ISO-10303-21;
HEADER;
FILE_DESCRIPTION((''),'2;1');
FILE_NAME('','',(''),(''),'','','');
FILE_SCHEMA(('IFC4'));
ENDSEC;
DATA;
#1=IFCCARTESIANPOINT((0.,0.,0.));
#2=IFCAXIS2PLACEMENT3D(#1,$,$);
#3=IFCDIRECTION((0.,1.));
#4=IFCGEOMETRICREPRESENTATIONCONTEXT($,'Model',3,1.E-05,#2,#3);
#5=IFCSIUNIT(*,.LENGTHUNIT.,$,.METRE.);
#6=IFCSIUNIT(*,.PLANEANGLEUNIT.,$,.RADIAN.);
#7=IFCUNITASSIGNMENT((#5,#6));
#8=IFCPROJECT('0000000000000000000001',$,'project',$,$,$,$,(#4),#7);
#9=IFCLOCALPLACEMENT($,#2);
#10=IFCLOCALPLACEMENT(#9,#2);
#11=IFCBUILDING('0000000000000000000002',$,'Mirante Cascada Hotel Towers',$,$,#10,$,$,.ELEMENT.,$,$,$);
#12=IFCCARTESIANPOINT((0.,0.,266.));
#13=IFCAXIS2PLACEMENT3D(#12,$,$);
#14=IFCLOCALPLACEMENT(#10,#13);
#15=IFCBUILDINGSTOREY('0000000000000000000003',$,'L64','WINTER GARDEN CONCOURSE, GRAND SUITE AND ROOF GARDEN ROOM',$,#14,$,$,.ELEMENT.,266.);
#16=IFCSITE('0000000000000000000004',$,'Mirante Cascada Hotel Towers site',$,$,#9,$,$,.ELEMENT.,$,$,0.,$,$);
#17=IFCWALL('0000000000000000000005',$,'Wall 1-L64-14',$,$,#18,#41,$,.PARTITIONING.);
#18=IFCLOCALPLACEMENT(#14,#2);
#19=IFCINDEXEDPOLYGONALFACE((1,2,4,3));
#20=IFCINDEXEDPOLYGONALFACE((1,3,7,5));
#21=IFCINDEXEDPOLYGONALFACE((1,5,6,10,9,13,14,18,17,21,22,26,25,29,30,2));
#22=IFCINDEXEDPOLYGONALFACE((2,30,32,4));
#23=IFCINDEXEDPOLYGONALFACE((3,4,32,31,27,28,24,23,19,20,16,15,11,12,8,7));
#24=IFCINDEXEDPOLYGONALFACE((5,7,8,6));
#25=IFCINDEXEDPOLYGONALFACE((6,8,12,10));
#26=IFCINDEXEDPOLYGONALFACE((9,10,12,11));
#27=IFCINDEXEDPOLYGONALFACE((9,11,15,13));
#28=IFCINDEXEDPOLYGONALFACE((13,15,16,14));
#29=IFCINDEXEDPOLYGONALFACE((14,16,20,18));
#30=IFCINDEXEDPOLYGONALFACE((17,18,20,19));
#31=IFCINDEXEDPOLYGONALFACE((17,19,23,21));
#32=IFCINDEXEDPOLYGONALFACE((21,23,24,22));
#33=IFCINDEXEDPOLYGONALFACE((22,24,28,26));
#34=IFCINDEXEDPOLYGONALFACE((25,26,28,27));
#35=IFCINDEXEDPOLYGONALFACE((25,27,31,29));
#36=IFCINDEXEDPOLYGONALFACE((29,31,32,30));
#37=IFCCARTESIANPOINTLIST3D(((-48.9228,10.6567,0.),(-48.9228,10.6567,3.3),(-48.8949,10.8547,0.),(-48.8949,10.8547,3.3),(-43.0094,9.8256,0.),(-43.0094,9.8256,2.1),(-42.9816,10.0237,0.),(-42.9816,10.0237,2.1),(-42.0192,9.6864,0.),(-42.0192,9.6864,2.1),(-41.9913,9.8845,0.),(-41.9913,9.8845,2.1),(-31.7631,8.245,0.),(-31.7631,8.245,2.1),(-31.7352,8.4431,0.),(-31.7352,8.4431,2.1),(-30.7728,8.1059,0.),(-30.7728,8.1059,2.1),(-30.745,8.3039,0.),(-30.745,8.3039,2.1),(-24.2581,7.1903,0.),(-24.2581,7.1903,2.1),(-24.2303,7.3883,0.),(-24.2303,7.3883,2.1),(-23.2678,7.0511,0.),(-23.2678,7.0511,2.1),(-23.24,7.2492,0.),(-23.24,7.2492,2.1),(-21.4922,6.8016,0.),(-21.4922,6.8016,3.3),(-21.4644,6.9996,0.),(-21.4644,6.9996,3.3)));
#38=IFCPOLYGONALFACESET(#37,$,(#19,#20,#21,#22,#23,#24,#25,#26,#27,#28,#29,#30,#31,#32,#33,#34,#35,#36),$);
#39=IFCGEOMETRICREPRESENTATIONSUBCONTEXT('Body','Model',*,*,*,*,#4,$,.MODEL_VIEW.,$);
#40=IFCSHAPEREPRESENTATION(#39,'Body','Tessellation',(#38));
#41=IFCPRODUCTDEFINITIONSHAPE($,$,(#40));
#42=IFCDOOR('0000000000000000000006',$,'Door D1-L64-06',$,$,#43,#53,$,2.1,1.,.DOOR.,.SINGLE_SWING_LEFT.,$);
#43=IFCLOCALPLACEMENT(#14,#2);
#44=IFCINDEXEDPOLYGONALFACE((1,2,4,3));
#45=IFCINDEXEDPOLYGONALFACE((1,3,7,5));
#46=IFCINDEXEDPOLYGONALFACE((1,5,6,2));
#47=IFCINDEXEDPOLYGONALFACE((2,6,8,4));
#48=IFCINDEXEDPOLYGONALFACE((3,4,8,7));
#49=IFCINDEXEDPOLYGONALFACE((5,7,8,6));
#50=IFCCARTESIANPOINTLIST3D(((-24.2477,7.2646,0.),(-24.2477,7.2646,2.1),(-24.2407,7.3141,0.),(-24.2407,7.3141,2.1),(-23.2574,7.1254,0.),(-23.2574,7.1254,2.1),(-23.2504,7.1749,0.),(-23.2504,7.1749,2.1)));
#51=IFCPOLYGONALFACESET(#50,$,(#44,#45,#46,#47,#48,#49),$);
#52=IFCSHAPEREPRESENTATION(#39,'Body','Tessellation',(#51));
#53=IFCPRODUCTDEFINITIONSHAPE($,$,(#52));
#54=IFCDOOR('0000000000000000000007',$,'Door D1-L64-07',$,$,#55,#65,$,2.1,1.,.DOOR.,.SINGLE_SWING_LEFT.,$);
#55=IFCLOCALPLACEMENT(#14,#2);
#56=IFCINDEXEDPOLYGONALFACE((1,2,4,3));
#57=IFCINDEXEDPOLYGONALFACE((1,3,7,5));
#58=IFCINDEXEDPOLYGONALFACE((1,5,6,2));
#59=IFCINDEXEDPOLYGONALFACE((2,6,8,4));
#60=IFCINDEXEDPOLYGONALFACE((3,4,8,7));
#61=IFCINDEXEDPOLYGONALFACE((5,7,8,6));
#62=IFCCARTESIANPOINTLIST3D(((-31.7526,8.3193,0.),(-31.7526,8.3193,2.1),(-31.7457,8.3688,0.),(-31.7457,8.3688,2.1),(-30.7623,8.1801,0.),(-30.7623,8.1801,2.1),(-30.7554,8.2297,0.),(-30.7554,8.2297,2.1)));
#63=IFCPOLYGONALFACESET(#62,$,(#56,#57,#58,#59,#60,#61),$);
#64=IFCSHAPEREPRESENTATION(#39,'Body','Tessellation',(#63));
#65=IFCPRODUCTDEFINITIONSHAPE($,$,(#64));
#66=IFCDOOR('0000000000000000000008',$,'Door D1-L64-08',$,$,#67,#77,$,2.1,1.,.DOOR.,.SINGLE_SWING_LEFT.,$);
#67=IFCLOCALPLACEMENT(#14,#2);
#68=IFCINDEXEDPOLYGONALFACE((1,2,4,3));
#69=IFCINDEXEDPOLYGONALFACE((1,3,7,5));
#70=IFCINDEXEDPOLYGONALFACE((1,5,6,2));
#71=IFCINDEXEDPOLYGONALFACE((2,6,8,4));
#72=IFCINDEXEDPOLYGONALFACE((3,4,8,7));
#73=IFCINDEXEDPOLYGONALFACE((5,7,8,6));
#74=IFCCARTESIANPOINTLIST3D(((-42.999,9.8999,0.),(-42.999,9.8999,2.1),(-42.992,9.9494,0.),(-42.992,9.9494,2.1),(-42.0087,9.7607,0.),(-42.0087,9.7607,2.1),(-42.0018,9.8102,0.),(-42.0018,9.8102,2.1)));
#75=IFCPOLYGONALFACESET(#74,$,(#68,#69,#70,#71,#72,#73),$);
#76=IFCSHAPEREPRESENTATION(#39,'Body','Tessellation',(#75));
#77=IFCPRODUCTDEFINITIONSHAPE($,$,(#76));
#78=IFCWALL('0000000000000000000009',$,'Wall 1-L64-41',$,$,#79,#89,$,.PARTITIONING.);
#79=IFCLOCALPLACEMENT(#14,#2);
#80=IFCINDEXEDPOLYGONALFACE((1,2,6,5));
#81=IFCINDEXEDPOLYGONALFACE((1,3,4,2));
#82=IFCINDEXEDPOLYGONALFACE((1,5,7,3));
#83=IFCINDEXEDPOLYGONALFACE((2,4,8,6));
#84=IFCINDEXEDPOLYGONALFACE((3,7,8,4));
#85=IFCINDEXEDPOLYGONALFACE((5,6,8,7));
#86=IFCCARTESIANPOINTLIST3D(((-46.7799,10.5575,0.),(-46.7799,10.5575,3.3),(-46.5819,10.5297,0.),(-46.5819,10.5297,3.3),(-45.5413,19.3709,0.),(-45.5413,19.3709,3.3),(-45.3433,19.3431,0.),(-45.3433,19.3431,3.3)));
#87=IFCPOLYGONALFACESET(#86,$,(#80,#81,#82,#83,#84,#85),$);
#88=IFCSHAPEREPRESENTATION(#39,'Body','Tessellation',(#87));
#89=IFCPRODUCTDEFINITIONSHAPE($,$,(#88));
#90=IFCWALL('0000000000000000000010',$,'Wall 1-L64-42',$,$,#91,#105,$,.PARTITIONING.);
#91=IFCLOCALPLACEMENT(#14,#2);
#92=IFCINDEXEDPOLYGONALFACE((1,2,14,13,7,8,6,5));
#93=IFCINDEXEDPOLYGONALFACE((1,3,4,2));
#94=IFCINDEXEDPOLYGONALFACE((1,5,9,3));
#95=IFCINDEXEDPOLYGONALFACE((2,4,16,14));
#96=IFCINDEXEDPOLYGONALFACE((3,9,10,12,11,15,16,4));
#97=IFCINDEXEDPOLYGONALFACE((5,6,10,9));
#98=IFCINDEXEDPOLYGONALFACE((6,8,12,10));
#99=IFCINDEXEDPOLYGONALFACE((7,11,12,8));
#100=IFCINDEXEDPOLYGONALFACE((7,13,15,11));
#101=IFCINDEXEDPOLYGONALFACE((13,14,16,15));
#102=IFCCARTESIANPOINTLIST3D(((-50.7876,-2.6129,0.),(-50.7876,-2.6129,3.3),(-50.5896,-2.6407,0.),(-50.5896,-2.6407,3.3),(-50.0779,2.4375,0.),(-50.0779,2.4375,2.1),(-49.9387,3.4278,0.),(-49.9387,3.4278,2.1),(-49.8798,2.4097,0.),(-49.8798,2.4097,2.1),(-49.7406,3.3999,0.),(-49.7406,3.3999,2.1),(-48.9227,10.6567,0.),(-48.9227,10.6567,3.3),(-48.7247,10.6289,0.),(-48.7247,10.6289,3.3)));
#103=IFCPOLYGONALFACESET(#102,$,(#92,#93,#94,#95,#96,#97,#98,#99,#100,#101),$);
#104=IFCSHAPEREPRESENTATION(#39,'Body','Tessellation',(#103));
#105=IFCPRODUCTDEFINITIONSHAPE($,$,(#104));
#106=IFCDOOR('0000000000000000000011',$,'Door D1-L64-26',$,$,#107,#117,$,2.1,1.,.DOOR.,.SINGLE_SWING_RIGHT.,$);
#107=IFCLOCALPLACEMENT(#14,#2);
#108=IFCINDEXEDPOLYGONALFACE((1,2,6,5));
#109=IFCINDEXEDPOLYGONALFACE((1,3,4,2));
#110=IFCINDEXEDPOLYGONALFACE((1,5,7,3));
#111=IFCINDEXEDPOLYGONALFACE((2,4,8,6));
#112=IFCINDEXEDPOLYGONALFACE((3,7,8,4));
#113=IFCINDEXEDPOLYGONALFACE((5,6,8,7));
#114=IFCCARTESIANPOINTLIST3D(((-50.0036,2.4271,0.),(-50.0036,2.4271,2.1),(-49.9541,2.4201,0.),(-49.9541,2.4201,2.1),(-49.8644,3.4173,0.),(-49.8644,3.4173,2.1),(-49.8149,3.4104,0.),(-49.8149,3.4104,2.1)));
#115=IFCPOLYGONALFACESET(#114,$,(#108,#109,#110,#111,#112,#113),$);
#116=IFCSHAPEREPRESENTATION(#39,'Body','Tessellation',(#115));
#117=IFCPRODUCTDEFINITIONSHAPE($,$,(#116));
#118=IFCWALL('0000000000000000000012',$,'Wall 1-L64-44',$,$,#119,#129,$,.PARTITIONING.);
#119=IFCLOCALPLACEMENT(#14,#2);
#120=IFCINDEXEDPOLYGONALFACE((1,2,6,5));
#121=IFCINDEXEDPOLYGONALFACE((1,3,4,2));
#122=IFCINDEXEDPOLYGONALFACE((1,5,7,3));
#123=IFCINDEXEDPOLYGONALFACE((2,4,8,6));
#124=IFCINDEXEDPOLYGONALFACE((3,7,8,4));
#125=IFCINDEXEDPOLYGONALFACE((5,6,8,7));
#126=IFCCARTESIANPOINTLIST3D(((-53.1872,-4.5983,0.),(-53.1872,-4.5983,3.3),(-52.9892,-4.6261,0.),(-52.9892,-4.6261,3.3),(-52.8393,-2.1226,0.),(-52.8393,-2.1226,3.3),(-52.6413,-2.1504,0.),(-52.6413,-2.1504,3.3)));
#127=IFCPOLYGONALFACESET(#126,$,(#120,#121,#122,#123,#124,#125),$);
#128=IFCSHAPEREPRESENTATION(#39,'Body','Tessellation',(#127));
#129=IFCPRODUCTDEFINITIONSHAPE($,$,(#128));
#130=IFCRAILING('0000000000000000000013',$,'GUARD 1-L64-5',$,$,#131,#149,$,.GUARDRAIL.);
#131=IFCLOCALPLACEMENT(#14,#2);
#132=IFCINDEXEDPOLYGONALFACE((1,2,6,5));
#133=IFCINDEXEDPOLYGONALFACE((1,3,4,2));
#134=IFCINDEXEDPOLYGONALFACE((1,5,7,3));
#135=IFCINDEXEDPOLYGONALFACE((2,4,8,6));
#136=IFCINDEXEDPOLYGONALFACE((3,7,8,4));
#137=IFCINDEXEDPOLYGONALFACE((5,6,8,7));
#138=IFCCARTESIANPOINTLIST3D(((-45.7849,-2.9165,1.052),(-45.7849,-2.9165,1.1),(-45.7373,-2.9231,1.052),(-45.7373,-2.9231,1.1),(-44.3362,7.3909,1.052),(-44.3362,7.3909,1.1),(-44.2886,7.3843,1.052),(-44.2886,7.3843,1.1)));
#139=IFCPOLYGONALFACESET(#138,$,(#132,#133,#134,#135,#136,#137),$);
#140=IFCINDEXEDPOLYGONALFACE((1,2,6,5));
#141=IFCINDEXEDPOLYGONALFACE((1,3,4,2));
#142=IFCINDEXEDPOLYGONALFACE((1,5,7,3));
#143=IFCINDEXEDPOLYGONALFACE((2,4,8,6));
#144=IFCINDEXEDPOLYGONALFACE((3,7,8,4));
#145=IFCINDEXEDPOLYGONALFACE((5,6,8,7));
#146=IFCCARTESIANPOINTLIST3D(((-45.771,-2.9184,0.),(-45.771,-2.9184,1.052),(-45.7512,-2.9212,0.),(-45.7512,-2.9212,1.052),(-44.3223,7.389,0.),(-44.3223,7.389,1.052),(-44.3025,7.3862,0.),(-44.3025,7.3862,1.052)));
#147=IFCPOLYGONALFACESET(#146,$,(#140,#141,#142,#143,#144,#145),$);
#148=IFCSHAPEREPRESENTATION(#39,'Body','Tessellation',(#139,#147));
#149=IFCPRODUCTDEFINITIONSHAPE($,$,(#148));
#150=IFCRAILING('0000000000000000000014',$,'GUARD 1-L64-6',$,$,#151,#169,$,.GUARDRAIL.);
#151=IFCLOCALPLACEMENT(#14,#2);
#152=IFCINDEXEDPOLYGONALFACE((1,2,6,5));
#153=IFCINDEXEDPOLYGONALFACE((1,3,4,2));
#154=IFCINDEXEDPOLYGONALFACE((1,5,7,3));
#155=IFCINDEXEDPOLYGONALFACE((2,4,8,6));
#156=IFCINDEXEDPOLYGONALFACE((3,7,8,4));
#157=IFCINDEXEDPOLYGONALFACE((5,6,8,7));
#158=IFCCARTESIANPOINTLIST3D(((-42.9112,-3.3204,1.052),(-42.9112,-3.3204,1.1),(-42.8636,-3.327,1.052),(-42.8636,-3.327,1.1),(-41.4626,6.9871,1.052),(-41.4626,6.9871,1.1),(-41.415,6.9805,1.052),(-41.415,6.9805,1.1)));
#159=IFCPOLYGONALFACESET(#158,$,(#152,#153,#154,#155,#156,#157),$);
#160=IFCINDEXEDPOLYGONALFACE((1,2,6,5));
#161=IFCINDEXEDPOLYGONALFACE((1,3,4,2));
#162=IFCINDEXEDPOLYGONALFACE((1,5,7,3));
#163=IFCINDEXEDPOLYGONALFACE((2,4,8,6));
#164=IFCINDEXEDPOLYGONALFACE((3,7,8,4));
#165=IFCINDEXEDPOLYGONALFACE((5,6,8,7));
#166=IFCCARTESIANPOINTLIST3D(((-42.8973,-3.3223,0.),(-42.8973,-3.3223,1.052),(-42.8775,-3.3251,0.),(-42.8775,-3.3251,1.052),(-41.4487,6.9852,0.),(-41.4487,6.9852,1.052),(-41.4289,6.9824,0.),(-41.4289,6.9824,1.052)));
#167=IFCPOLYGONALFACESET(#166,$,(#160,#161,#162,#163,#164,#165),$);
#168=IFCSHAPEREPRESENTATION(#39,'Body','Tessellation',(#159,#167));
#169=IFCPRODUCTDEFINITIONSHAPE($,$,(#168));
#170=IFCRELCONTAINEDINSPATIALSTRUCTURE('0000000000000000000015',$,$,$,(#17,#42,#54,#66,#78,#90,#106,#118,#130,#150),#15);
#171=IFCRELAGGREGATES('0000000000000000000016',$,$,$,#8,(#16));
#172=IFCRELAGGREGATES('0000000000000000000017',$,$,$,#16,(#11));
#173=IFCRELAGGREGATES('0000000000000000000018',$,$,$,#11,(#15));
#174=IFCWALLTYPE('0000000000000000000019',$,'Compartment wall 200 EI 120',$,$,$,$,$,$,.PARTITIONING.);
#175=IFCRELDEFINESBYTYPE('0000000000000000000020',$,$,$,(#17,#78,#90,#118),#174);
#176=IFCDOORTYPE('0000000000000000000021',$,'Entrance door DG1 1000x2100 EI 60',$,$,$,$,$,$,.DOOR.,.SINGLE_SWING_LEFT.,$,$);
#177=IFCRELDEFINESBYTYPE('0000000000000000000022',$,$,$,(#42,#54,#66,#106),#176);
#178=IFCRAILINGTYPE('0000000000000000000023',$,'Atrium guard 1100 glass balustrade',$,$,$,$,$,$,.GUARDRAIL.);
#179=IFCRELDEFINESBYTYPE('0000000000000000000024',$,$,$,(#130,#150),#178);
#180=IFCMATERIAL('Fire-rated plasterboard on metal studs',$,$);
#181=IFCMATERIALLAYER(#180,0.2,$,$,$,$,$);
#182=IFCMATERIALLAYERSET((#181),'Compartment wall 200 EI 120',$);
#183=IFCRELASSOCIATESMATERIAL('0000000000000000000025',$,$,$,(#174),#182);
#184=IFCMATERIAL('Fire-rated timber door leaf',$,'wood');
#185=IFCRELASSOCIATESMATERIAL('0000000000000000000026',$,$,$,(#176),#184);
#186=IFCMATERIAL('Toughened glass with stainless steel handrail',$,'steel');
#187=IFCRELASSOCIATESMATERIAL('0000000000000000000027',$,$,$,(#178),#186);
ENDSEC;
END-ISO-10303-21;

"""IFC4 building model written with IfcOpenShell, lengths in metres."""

from ifc_helpers import new_model, si_unit, direction, frame, frame_2d, origin, origin_2d, place, context, subcontext, project, spatial, rectangle, extrude, material, layer, layer_set, type_object, element, fill, save


model = new_model("IFC4")

# Units and contexts
model_context = context("Model", 3, precision=1e-05, world=origin(), true_north=direction((0.0, 1.0)))
body_context = subcontext(model_context, "Body", "Model", "MODEL_VIEW")
ifc_project = project(units=[si_unit("LENGTHUNIT", "METRE"), si_unit("PLANEANGLEUNIT", "RADIAN")], contexts=[model_context])

# Site, building, storey
site_placement = place(None, origin())
site = spatial("IfcSite", under=ifc_project, at=site_placement, Name="Mirante Cascada Hotel Towers site", CompositionType="ELEMENT", RefElevation=0.0)
building_placement = place(site_placement, origin())
building = spatial("IfcBuilding", under=site, at=building_placement, Name="Mirante Cascada Hotel Towers", CompositionType="ELEMENT")
storey_placement = place(building_placement, frame((0.0, 0.0, 266.0)))
storey = spatial("IfcBuildingStorey", under=building, at=storey_placement, Name="L64", Description="WINTER GARDEN CONCOURSE, GRAND SUITE AND ROOF GARDEN ROOM", CompositionType="ELEMENT", Elevation=266.0)

# Shared definitions
ifc_material_1 = material(Name="Fire-rated plasterboard on metal studs")
ifc_layer_1 = layer(ifc_material_1, 0.2)
ifc_layer_set_1 = layer_set([ifc_layer_1], Name="Compartment wall 200 EI 120")
wall_type = type_object("IfcWallType", Name="Compartment wall 200 EI 120", PredefinedType="PARTITIONING", material=ifc_layer_set_1)

# Wall, openings, doors
wall_1_placement = place(storey_placement, frame((-48.9088, 10.7557, 0.0), z_axis=(0.0, 0.0, 1.0), x_axis=(0.990268, -0.139173, 0.0)))
wall_1 = element("IfcWall", 1, at=wall_1_placement, inside=storey, type_object=wall_type, Name="Wall 1-L64-14", PredefinedType="PARTITIONING", context=body_context, shape_type="SweptSolid", body=[
    extrude(rectangle(XDim=27.7001, YDim=0.2, at=frame_2d((13.85, 0.0))), origin(), (0.0, 0.0, 1.0), 3.3),
])
opening_1_placement = place(wall_1_placement, frame((24.907, 0.0, 0.0)))
opening_1 = element("IfcOpeningElement", 2, at=opening_1_placement, cuts=wall_1, PredefinedType="OPENING", context=body_context, shape_type="SweptSolid", body=[
    extrude(rectangle(XDim=1.0, YDim=2.1, at=frame_2d((0.5, 1.05))), frame((0.0, 0.1, 0.0), z_axis=(0.0, -1.0, 0.0), x_axis=(1.0, 0.0, 0.0)), (0.0, 0.0, 1.0), 0.2),
])
opening_2_placement = place(wall_1_placement, frame((17.3283, 0.0, 0.0)))
opening_2 = element("IfcOpeningElement", 3, at=opening_2_placement, cuts=wall_1, PredefinedType="OPENING", context=body_context, shape_type="SweptSolid", body=[
    extrude(rectangle(XDim=1.0, YDim=2.1, at=frame_2d((0.5, 1.05))), frame((0.0, 0.1, 0.0), z_axis=(0.0, -1.0, 0.0), x_axis=(1.0, 0.0, 0.0)), (0.0, 0.0, 1.0), 0.2),
])
opening_3_placement = place(wall_1_placement, frame((5.9714, 0.0, 0.0)))
opening_3 = element("IfcOpeningElement", 4, at=opening_3_placement, cuts=wall_1, PredefinedType="OPENING", context=body_context, shape_type="SweptSolid", body=[
    extrude(rectangle(XDim=1.0, YDim=2.1, at=frame_2d((0.5, 1.05))), frame((0.0, 0.1, 0.0), z_axis=(0.0, -1.0, 0.0), x_axis=(1.0, 0.0, 0.0)), (0.0, 0.0, 1.0), 0.2),
])
ifc_material_2 = material(Name="Fire-rated timber door leaf", Category="wood")
door_type = type_object("IfcDoorType", Name="Entrance door DG1 1000x2100 EI 60", OperationType="SINGLE_SWING_LEFT", PredefinedType="DOOR", material=ifc_material_2)
door_1_placement = place(opening_1_placement, origin())
door_1 = element("IfcDoor", 5, at=door_1_placement, inside=storey, type_object=door_type, Name="Door D1-L64-06", OperationType="SINGLE_SWING_LEFT", OverallHeight=2.1, OverallWidth=1.0, PredefinedType="DOOR", context=body_context, shape_type="SweptSolid", body=[
    extrude(rectangle(XDim=1.0, YDim=2.1, at=frame_2d((0.5, 1.05))), frame((0.0, 0.025, 0.0), z_axis=(0.0, -1.0, 0.0), x_axis=(1.0, 0.0, 0.0)), (0.0, 0.0, 1.0), 0.05),
])
fill(opening_1, door_1)
door_2_placement = place(opening_2_placement, origin())
door_2 = element("IfcDoor", 6, at=door_2_placement, inside=storey, type_object=door_type, Name="Door D1-L64-07", OperationType="SINGLE_SWING_LEFT", OverallHeight=2.1, OverallWidth=1.0, PredefinedType="DOOR", context=body_context, shape_type="SweptSolid", body=[
    extrude(rectangle(XDim=1.0, YDim=2.1, at=frame_2d((0.5, 1.05))), frame((0.0, 0.025, 0.0), z_axis=(0.0, -1.0, 0.0), x_axis=(1.0, 0.0, 0.0)), (0.0, 0.0, 1.0), 0.05),
])
fill(opening_2, door_2)
door_3_placement = place(opening_3_placement, origin())
door_3 = element("IfcDoor", 7, at=door_3_placement, inside=storey, type_object=door_type, Name="Door D1-L64-08", OperationType="SINGLE_SWING_LEFT", OverallHeight=2.1, OverallWidth=1.0, PredefinedType="DOOR", context=body_context, shape_type="SweptSolid", body=[
    extrude(rectangle(XDim=1.0, YDim=2.1, at=frame_2d((0.5, 1.05))), frame((0.0, 0.025, 0.0), z_axis=(0.0, -1.0, 0.0), x_axis=(1.0, 0.0, 0.0)), (0.0, 0.0, 1.0), 0.05),
])
fill(opening_3, door_3)

# Wall
wall_2_placement = place(storey_placement, frame((-46.6809, 10.5436, 0.0), z_axis=(0.0, 0.0, 1.0), x_axis=(0.139168, 0.990269, 0.0)))
element("IfcWall", 8, at=wall_2_placement, inside=storey, type_object=wall_type, Name="Wall 1-L64-41", PredefinedType="PARTITIONING", context=body_context, shape_type="SweptSolid", body=[
    extrude(rectangle(XDim=8.9, YDim=0.2, at=frame_2d((4.45, 0.0))), origin(), (0.0, 0.0, 1.0), 3.3),
])

# Wall, opening, door
wall_3_placement = place(storey_placement, frame((-48.8237, 10.6428, 0.0), z_axis=(0.0, 0.0, 1.0), x_axis=(-0.139172, -0.990268, 0.0)))
wall_3 = element("IfcWall", 9, at=wall_3_placement, inside=storey, type_object=wall_type, Name="Wall 1-L64-42", PredefinedType="PARTITIONING", context=body_context, shape_type="SweptSolid", body=[
    extrude(rectangle(XDim=13.4, YDim=0.2, at=frame_2d((6.7, 0.0))), origin(), (0.0, 0.0, 1.0), 3.3),
])
opening_4_placement = place(wall_3_placement, frame((7.3, 0.0, 0.0)))
opening_4 = element("IfcOpeningElement", 10, at=opening_4_placement, cuts=wall_3, PredefinedType="OPENING", context=body_context, shape_type="SweptSolid", body=[
    extrude(rectangle(XDim=1.0, YDim=2.1, at=frame_2d((0.5, 1.05))), frame((0.0, 0.1, 0.0), z_axis=(0.0, -1.0, 0.0), x_axis=(1.0, 0.0, 0.0)), (0.0, 0.0, 1.0), 0.2),
])
door_4_placement = place(opening_4_placement, frame((1.0, 0.0, 0.0), z_axis=(0.0, 0.0, 1.0), x_axis=(-1.0, 0.0, 0.0)))
door_4 = element("IfcDoor", 11, at=door_4_placement, inside=storey, type_object=door_type, Name="Door D1-L64-26", OperationType="SINGLE_SWING_RIGHT", OverallHeight=2.1, OverallWidth=1.0, PredefinedType="DOOR", context=body_context, shape_type="SweptSolid", body=[
    extrude(rectangle(XDim=1.0, YDim=2.1, at=frame_2d((0.5, 1.05))), frame((0.0, 0.025, 0.0), z_axis=(0.0, -1.0, 0.0), x_axis=(1.0, 0.0, 0.0)), (0.0, 0.0, 1.0), 0.05),
])
fill(opening_4, door_4)

# Wall
wall_4_placement = place(storey_placement, frame((-52.7403, -2.1365, 0.0), z_axis=(0.0, 0.0, 1.0), x_axis=(-0.139159, -0.99027, 0.0)))
element("IfcWall", 12, at=wall_4_placement, inside=storey, type_object=wall_type, Name="Wall 1-L64-44", PredefinedType="PARTITIONING", context=body_context, shape_type="SweptSolid", body=[
    extrude(rectangle(XDim=2.5, YDim=0.2, at=frame_2d((1.25, 0.0))), origin(), (0.0, 0.0, 1.0), 3.3),
])

# Railings
ifc_material_3 = material(Name="Toughened glass with stainless steel handrail", Category="steel")
railing_type = type_object("IfcRailingType", Name="Atrium guard 1100 glass balustrade", PredefinedType="GUARDRAIL", material=ifc_material_3)
railing_1_placement = place(storey_placement, frame((-45.7611, -2.9198, 0.0)))
element("IfcRailing", 13, at=railing_1_placement, inside=storey, type_object=railing_type, Name="GUARD 1-L64-5", PredefinedType="GUARDRAIL", context=body_context, shape_type="SweptSolid", body=[
    extrude(rectangle(XDim=0.048, YDim=0.048, at=origin_2d()), frame((0.0, 0.0, 1.076), z_axis=(0.139182, 0.990267, 0.0), x_axis=(-0.990267, 0.139182, 0.0)), (0.0, 0.0, 1.0), 10.4087),
    extrude(rectangle(XDim=0.02, YDim=1.052, at=origin_2d()), frame((0.0, 0.0, 0.526), z_axis=(0.139182, 0.990267, 0.0), x_axis=(-0.990267, 0.139182, 0.0)), (0.0, 0.0, 1.0), 10.4087),
])
railing_2_placement = place(storey_placement, frame((-41.4388, 6.9838, 0.0)))
element("IfcRailing", 14, at=railing_2_placement, inside=storey, type_object=railing_type, Name="GUARD 1-L64-6", PredefinedType="GUARDRAIL", context=body_context, shape_type="SweptSolid", body=[
    extrude(rectangle(XDim=0.048, YDim=0.048, at=origin_2d()), frame((0.0, 0.0, 1.076), z_axis=(-0.139171, -0.990268, 0.0), x_axis=(0.990268, -0.139171, 0.0)), (0.0, 0.0, 1.0), 10.4088),
    extrude(rectangle(XDim=0.02, YDim=1.052, at=origin_2d()), frame((0.0, 0.0, 0.526), z_axis=(-0.139171, -0.990268, 0.0), x_axis=(0.990268, -0.139171, 0.0)), (0.0, 0.0, 1.0), 10.4088),
])

save(model, "model.ifc")
